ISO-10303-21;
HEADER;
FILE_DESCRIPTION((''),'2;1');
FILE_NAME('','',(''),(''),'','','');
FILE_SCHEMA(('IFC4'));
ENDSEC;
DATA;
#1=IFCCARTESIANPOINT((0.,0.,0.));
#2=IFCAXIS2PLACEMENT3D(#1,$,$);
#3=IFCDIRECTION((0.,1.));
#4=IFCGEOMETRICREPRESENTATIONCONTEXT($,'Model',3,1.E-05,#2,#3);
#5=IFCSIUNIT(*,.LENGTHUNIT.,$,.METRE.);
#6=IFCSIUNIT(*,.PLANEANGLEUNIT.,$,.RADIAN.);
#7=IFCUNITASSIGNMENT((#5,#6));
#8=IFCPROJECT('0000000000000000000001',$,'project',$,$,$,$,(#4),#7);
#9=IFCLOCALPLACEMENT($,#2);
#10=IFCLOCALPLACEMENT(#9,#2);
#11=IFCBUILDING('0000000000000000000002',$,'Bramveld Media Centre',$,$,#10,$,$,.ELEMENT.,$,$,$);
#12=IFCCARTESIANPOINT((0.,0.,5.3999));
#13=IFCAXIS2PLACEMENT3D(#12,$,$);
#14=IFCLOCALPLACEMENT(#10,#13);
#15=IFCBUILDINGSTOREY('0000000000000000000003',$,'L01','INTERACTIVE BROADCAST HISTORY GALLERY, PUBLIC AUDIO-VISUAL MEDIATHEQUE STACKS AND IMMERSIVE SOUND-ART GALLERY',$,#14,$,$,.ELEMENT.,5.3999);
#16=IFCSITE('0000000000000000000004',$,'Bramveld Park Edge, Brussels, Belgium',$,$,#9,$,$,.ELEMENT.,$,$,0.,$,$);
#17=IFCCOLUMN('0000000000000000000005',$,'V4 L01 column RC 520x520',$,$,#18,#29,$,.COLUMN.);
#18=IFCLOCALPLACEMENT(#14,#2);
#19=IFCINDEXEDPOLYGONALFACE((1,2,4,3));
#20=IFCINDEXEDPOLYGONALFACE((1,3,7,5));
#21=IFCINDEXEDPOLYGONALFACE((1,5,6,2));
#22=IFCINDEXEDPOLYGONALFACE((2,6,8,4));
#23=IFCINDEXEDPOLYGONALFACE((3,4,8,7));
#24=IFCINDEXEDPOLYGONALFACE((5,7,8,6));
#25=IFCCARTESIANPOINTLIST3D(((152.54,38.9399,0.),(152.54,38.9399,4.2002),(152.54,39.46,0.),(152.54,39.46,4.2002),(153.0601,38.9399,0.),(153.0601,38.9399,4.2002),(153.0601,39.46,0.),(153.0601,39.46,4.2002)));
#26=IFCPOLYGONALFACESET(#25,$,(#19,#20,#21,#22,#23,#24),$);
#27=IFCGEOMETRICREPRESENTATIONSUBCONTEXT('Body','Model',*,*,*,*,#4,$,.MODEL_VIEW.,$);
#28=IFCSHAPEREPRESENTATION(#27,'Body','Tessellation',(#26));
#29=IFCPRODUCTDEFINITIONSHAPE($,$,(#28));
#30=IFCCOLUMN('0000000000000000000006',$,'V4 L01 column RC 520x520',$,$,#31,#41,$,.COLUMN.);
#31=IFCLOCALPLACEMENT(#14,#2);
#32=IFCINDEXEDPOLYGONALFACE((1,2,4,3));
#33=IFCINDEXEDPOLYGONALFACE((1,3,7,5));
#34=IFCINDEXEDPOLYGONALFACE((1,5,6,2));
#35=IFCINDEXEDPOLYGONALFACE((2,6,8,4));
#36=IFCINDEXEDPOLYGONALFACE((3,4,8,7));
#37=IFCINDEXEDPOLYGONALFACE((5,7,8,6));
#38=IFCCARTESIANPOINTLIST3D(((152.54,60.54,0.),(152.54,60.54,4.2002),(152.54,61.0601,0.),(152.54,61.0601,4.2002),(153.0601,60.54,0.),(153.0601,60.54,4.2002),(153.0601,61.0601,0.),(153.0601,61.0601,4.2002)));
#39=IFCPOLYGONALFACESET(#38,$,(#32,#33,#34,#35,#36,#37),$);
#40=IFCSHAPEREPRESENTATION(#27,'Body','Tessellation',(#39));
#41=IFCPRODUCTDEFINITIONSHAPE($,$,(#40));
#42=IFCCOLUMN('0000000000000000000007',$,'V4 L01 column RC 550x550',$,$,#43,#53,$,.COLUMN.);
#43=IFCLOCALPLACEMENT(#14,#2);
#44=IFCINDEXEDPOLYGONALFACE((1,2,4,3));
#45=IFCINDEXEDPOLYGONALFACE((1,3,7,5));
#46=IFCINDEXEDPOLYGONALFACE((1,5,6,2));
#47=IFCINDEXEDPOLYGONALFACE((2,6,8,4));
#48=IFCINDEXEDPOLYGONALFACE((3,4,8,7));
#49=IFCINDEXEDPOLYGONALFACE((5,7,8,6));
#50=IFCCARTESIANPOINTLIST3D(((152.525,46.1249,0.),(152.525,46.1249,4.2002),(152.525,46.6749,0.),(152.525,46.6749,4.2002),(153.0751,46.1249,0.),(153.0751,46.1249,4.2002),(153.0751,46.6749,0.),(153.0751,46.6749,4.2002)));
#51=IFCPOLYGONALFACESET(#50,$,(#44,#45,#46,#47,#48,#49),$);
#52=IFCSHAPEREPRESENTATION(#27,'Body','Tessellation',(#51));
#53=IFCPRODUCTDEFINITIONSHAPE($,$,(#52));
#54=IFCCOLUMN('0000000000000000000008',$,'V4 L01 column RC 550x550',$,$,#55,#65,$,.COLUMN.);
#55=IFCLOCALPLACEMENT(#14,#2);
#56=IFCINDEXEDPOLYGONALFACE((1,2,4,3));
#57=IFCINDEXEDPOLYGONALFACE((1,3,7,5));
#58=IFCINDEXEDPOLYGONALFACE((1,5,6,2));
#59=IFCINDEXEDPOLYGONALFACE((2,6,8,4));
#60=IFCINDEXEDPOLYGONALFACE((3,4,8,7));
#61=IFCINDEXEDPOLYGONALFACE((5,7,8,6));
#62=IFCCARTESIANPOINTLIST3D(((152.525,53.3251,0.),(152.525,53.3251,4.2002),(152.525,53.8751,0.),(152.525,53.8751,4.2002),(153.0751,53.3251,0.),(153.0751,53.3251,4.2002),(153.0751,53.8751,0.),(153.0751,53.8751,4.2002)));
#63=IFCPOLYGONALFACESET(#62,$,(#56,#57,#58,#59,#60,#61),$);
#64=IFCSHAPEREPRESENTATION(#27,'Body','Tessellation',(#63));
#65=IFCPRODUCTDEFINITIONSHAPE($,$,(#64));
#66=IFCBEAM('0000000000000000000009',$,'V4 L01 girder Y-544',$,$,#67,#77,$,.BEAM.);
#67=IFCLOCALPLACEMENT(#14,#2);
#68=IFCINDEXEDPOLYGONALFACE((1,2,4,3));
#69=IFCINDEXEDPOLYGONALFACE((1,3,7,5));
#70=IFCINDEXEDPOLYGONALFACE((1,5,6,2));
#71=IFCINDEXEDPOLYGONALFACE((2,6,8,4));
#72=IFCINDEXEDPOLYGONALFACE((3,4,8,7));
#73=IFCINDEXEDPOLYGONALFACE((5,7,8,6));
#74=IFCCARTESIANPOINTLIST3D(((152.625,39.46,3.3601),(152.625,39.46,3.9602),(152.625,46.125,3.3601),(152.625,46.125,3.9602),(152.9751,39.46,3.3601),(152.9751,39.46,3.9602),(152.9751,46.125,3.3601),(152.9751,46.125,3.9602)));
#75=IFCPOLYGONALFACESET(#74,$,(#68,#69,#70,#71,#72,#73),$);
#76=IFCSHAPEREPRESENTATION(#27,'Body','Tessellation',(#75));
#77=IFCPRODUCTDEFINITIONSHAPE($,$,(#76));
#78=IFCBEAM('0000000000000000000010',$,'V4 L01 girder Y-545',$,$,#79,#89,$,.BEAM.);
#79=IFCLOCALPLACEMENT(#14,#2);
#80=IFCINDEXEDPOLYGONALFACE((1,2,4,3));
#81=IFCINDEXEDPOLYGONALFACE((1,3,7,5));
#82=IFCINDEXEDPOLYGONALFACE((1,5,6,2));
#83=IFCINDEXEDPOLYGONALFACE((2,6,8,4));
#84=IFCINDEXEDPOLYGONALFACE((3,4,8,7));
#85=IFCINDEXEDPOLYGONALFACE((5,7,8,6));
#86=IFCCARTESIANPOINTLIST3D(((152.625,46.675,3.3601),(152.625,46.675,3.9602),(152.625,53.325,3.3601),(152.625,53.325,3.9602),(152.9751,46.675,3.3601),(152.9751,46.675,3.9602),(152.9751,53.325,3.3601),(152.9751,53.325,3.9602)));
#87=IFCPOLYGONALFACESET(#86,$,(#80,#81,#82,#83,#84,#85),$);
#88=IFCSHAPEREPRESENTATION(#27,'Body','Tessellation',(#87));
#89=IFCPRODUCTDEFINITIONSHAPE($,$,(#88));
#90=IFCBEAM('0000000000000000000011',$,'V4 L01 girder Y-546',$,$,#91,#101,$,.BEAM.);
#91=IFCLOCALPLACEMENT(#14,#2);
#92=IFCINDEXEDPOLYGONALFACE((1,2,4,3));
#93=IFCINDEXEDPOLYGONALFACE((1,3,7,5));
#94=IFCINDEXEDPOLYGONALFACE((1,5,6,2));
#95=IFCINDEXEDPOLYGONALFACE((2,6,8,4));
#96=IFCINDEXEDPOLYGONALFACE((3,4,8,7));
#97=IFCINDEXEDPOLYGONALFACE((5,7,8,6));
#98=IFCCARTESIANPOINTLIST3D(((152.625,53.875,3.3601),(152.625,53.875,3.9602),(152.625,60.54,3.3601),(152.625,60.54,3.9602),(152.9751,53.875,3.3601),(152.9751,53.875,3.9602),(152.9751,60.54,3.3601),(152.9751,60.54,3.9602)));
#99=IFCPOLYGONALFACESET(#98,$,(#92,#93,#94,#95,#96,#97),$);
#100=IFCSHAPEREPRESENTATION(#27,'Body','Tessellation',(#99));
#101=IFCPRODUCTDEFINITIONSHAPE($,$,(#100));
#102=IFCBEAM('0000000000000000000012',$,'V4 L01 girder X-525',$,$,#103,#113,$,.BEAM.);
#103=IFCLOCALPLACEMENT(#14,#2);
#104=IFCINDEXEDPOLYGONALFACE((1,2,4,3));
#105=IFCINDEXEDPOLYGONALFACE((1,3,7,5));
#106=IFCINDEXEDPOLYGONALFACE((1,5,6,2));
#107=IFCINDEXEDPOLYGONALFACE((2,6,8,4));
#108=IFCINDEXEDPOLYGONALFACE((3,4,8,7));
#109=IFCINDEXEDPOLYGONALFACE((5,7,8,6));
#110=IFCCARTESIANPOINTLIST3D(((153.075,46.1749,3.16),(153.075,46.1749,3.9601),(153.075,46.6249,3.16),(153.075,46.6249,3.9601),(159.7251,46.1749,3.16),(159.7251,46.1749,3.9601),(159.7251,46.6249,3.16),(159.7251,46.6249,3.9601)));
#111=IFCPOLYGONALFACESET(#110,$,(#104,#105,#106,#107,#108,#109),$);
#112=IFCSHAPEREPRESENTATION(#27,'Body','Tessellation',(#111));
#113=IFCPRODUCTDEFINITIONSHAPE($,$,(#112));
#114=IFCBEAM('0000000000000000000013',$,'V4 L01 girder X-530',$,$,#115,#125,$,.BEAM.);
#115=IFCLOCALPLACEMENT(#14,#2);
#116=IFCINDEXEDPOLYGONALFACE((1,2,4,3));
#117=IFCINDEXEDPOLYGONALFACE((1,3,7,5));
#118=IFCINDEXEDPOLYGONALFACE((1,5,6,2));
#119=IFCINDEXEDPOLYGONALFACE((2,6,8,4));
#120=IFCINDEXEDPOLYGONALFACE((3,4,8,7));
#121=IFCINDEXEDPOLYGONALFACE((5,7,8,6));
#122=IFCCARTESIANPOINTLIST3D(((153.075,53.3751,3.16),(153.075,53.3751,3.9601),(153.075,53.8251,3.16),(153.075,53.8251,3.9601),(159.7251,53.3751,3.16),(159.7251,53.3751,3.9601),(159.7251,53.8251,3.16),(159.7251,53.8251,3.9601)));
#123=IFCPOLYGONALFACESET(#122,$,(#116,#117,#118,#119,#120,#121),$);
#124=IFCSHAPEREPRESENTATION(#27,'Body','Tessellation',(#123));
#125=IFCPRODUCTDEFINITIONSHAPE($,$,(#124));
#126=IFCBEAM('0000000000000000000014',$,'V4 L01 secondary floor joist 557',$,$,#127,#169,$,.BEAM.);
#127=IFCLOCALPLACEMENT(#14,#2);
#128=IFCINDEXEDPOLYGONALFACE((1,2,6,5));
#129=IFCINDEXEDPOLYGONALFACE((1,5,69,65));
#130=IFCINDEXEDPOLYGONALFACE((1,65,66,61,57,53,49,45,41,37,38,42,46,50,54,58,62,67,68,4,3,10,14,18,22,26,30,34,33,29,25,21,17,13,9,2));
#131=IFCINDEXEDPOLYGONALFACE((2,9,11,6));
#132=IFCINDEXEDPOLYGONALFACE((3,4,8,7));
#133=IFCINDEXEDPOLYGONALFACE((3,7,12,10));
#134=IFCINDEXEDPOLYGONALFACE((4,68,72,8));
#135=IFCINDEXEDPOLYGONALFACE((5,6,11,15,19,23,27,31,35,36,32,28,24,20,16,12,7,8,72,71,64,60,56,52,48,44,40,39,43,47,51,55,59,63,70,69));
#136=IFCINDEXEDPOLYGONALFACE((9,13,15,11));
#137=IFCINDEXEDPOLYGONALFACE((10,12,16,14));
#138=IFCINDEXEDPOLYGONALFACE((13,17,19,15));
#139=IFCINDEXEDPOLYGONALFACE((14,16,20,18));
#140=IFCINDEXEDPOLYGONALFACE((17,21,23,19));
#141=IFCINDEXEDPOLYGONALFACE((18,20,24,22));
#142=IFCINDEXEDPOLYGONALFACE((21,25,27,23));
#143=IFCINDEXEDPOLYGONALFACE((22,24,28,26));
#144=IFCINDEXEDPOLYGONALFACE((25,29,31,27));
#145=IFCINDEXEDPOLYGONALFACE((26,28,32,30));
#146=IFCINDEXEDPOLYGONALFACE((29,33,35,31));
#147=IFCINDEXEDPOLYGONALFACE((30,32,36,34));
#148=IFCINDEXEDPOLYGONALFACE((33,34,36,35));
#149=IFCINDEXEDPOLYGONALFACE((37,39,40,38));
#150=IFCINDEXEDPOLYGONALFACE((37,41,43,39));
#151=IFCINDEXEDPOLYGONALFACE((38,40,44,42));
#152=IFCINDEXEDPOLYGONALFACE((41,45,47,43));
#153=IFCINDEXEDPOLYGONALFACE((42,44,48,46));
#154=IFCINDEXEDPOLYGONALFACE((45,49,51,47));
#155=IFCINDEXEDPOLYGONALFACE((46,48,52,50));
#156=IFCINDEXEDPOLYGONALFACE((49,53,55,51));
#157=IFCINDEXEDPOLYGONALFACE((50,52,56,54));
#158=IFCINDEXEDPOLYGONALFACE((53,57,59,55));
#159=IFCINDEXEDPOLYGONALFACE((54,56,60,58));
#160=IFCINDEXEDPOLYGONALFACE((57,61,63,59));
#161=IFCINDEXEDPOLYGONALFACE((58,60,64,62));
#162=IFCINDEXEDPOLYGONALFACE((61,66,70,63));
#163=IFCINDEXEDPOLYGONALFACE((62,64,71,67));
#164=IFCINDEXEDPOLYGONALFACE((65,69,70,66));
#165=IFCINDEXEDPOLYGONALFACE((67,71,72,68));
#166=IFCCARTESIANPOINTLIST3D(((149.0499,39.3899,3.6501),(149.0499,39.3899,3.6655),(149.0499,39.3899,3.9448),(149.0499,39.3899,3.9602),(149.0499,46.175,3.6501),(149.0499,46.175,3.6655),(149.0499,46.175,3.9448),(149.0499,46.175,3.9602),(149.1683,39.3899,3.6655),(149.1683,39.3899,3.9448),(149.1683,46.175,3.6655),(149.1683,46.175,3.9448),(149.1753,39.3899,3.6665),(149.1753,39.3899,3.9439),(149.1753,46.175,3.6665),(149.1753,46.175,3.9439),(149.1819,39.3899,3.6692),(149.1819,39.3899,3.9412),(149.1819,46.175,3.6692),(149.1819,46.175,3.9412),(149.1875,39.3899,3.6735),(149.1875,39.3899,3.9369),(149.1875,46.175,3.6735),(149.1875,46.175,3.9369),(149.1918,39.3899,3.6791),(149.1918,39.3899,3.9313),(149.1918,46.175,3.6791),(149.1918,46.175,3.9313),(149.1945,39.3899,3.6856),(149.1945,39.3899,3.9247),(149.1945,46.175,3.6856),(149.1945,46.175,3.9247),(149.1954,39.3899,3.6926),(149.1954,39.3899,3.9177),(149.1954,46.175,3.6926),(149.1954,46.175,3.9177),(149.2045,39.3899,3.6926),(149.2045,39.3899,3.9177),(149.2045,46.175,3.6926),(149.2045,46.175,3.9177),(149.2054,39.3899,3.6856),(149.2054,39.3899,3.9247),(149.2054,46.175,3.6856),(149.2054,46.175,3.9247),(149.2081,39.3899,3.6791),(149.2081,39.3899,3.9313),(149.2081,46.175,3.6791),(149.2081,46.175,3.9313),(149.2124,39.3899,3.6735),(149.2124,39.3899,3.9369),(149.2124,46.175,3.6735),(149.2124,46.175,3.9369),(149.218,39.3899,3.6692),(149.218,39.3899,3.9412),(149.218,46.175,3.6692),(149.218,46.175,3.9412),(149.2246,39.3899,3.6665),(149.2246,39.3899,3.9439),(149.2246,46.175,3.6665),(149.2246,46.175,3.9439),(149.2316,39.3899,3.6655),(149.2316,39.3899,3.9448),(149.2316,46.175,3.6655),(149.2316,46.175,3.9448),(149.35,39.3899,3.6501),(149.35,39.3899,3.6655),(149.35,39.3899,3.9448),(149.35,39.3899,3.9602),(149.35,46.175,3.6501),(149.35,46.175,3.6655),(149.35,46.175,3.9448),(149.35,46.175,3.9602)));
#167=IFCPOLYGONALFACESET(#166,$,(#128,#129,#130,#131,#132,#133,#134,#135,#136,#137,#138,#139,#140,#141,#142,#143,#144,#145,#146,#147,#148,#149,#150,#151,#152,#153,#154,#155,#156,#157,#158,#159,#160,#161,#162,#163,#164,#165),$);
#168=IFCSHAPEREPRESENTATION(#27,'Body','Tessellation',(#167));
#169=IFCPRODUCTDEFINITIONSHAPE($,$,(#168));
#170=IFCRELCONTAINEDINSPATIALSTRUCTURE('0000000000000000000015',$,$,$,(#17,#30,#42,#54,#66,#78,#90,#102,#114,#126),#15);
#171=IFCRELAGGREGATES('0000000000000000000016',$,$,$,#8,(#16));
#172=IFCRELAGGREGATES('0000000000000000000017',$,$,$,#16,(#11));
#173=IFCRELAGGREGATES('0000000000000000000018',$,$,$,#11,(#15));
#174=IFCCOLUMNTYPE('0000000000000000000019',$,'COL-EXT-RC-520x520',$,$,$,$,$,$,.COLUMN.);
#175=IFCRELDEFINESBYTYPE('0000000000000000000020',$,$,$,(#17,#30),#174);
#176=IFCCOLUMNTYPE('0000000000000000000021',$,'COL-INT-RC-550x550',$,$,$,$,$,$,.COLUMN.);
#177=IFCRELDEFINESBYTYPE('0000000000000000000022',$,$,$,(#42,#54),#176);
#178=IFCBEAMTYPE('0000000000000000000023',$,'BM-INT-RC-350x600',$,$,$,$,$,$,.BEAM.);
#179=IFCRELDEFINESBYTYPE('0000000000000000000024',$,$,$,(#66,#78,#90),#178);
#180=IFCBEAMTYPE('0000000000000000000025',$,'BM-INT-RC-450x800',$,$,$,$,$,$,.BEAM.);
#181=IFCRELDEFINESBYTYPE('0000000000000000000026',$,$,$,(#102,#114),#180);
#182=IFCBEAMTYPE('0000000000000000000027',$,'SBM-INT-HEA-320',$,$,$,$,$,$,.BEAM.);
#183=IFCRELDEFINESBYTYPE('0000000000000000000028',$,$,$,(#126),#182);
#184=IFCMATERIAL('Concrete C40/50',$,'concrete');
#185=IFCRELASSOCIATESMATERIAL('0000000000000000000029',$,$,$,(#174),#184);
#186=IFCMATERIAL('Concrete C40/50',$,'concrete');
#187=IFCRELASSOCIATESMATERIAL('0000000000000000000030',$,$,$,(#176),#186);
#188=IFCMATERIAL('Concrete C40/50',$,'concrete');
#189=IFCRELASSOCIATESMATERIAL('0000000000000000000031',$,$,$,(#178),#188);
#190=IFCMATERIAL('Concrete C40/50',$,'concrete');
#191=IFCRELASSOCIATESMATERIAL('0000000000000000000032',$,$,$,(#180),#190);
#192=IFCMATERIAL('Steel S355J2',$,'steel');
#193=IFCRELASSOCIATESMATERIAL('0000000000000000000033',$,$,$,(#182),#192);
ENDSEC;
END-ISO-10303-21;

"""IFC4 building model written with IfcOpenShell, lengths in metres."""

from ifc_helpers import new_model, si_unit, direction, frame, origin, origin_2d, place, context, subcontext, project, spatial, rectangle, i_section, extrude, material, material_profile, profile_set, type_object, element, save


model = new_model("IFC4")

# Units and contexts
model_context = context("Model", 3, precision=1e-05, world=origin(), true_north=direction((0.0, 1.0)))
body_context = subcontext(model_context, "Body", "Model", "MODEL_VIEW")
ifc_project = project(units=[si_unit("LENGTHUNIT", "METRE"), si_unit("PLANEANGLEUNIT", "RADIAN")], contexts=[model_context])

# Site, building, storey
site_placement = place(None, origin())
site = spatial("IfcSite", under=ifc_project, at=site_placement, Name="Bramveld Park Edge, Brussels, Belgium", CompositionType="ELEMENT", RefElevation=0.0)
building_placement = place(site_placement, origin())
building = spatial("IfcBuilding", under=site, at=building_placement, Name="Bramveld Media Centre", CompositionType="ELEMENT")
storey_placement = place(building_placement, frame((0.0, 0.0, 5.3999)))
storey = spatial("IfcBuildingStorey", under=building, at=storey_placement, Name="L01", Description="INTERACTIVE BROADCAST HISTORY GALLERY, PUBLIC AUDIO-VISUAL MEDIATHEQUE STACKS AND IMMERSIVE SOUND-ART GALLERY", CompositionType="ELEMENT", Elevation=5.3999)

# Columns
ifc_material_1 = material(Name="Concrete C40/50", Category="concrete")
ifc_material_profile_1 = material_profile(ifc_material_1, rectangle(XDim=0.52, YDim=0.52, at=origin_2d()), Name="RC 520x520")
ifc_profile_set_1 = profile_set([ifc_material_profile_1], Name="Concrete C40/50")
column_type_1 = type_object("IfcColumnType", Name="COL-EXT-RC-520x520", PredefinedType="COLUMN", material=ifc_profile_set_1)
for number, where, z_axis, x_axis, name in (
    (1, (152.8, 39.2, 0.0), (0.0, 0.0, 1.0), (1.0, 0.0, 0.0), "V4 L01 column RC 520x520"),
    (2, (152.8, 60.8, 0.0), (0.0, 0.0, 1.0), (1.0, 0.0, 0.0), "V4 L01 column RC 520x520"),
):
    element("IfcColumn", number, at=place(storey_placement, frame(where, z_axis=z_axis, x_axis=x_axis)), inside=storey, type_object=column_type_1, Name=name, PredefinedType="COLUMN", context=body_context, shape_type="SweptSolid", body=[
        extrude(rectangle(XDim=0.52, YDim=0.52, at=origin_2d()), origin(), (0.0, 0.0, 1.0), 4.2002),
    ])
ifc_material_2 = material(Name="Concrete C40/50", Category="concrete")
ifc_material_profile_2 = material_profile(ifc_material_2, rectangle(XDim=0.55, YDim=0.55, at=origin_2d()), Name="RC 550x550")
ifc_profile_set_2 = profile_set([ifc_material_profile_2], Name="Concrete C40/50")
column_type_2 = type_object("IfcColumnType", Name="COL-INT-RC-550x550", PredefinedType="COLUMN", material=ifc_profile_set_2)
for number, where, z_axis, x_axis, name in (
    (3, (152.8, 46.3999, 0.0), (0.0, 0.0, 1.0), (1.0, 0.0, 0.0), "V4 L01 column RC 550x550"),
    (4, (152.8, 53.6001, 0.0), (0.0, 0.0, 1.0), (1.0, 0.0, 0.0), "V4 L01 column RC 550x550"),
):
    element("IfcColumn", number, at=place(storey_placement, frame(where, z_axis=z_axis, x_axis=x_axis)), inside=storey, type_object=column_type_2, Name=name, PredefinedType="COLUMN", context=body_context, shape_type="SweptSolid", body=[
        extrude(rectangle(XDim=0.55, YDim=0.55, at=origin_2d()), origin(), (0.0, 0.0, 1.0), 4.2002),
    ])

# Beams
ifc_material_3 = material(Name="Concrete C40/50", Category="concrete")
ifc_material_profile_3 = material_profile(ifc_material_3, rectangle(XDim=0.3501, YDim=0.6001, at=origin_2d()), Name="RC 350x600")
ifc_profile_set_3 = profile_set([ifc_material_profile_3], Name="Concrete C40/50")
beam_type_1 = type_object("IfcBeamType", Name="BM-INT-RC-350x600", PredefinedType="BEAM", material=ifc_profile_set_3)
beam_1_placement = place(storey_placement, frame((152.8, 39.46, 3.6602), z_axis=(0.0, 1.0, 0.0), x_axis=(-1.0, 0.0, 0.0)))
element("IfcBeam", 5, at=beam_1_placement, inside=storey, type_object=beam_type_1, Name="V4 L01 girder Y-544", PredefinedType="BEAM", context=body_context, shape_type="SweptSolid", body=[
    extrude(rectangle(XDim=0.3501, YDim=0.6001, at=origin_2d()), origin(), (0.0, 0.0, 1.0), 6.665),
])
beam_2_placement = place(storey_placement, frame((152.8, 46.675, 3.6602), z_axis=(0.0, 1.0, 0.0), x_axis=(-1.0, 0.0, 0.0)))
element("IfcBeam", 6, at=beam_2_placement, inside=storey, type_object=beam_type_1, Name="V4 L01 girder Y-545", PredefinedType="BEAM", context=body_context, shape_type="SweptSolid", body=[
    extrude(rectangle(XDim=0.3501, YDim=0.6001, at=origin_2d()), origin(), (0.0, 0.0, 1.0), 6.6499),
])
beam_3_placement = place(storey_placement, frame((152.8, 53.875, 3.6602), z_axis=(0.0, 1.0, 0.0), x_axis=(-1.0, 0.0, 0.0)))
element("IfcBeam", 7, at=beam_3_placement, inside=storey, type_object=beam_type_1, Name="V4 L01 girder Y-546", PredefinedType="BEAM", context=body_context, shape_type="SweptSolid", body=[
    extrude(rectangle(XDim=0.3501, YDim=0.6001, at=origin_2d()), origin(), (0.0, 0.0, 1.0), 6.665),
])
ifc_material_4 = material(Name="Concrete C40/50", Category="concrete")
ifc_material_profile_4 = material_profile(ifc_material_4, rectangle(XDim=0.45, YDim=0.8, at=origin_2d()), Name="RC 450x800")
ifc_profile_set_4 = profile_set([ifc_material_profile_4], Name="Concrete C40/50")
beam_type_2 = type_object("IfcBeamType", Name="BM-INT-RC-450x800", PredefinedType="BEAM", material=ifc_profile_set_4)
for number, where, z_axis, x_axis, name in (
    (8, (153.075, 46.3999, 3.5601), (1.0, 0.0, 0.0), (0.0, 1.0, 0.0), "V4 L01 girder X-525"),
    (9, (153.075, 53.6001, 3.5601), (1.0, 0.0, 0.0), (0.0, 1.0, 0.0), "V4 L01 girder X-530"),
):
    element("IfcBeam", number, at=place(storey_placement, frame(where, z_axis=z_axis, x_axis=x_axis)), inside=storey, type_object=beam_type_2, Name=name, PredefinedType="BEAM", context=body_context, shape_type="SweptSolid", body=[
        extrude(rectangle(XDim=0.45, YDim=0.8, at=origin_2d()), origin(), (0.0, 0.0, 1.0), 6.6501),
    ])
ifc_material_5 = material(Name="Steel S355J2", Category="steel")
ifc_material_profile_5 = material_profile(ifc_material_5, i_section(OverallWidth=0.3, OverallDepth=0.3101, WebThickness=0.009, FlangeThickness=0.0154, FilletRadius=0.0271, at=origin_2d()), Name="HEA 320")
ifc_profile_set_5 = profile_set([ifc_material_profile_5], Name="Steel S355J2")
beam_type_3 = type_object("IfcBeamType", Name="SBM-INT-HEA-320", PredefinedType="BEAM", material=ifc_profile_set_5)
beam_4_placement = place(storey_placement, frame((149.2, 39.3899, 3.8052), z_axis=(0.0, 1.0, 0.0), x_axis=(-1.0, 0.0, 0.0)))
element("IfcBeam", 10, at=beam_4_placement, inside=storey, type_object=beam_type_3, Name="V4 L01 secondary floor joist 557", PredefinedType="BEAM", context=body_context, shape_type="SweptSolid", body=[
    extrude(i_section(OverallWidth=0.3, OverallDepth=0.3101, WebThickness=0.009, FlangeThickness=0.0154, FilletRadius=0.0271, at=origin_2d()), origin(), (0.0, 0.0, 1.0), 6.7852),
])

save(model, "model.ifc")
